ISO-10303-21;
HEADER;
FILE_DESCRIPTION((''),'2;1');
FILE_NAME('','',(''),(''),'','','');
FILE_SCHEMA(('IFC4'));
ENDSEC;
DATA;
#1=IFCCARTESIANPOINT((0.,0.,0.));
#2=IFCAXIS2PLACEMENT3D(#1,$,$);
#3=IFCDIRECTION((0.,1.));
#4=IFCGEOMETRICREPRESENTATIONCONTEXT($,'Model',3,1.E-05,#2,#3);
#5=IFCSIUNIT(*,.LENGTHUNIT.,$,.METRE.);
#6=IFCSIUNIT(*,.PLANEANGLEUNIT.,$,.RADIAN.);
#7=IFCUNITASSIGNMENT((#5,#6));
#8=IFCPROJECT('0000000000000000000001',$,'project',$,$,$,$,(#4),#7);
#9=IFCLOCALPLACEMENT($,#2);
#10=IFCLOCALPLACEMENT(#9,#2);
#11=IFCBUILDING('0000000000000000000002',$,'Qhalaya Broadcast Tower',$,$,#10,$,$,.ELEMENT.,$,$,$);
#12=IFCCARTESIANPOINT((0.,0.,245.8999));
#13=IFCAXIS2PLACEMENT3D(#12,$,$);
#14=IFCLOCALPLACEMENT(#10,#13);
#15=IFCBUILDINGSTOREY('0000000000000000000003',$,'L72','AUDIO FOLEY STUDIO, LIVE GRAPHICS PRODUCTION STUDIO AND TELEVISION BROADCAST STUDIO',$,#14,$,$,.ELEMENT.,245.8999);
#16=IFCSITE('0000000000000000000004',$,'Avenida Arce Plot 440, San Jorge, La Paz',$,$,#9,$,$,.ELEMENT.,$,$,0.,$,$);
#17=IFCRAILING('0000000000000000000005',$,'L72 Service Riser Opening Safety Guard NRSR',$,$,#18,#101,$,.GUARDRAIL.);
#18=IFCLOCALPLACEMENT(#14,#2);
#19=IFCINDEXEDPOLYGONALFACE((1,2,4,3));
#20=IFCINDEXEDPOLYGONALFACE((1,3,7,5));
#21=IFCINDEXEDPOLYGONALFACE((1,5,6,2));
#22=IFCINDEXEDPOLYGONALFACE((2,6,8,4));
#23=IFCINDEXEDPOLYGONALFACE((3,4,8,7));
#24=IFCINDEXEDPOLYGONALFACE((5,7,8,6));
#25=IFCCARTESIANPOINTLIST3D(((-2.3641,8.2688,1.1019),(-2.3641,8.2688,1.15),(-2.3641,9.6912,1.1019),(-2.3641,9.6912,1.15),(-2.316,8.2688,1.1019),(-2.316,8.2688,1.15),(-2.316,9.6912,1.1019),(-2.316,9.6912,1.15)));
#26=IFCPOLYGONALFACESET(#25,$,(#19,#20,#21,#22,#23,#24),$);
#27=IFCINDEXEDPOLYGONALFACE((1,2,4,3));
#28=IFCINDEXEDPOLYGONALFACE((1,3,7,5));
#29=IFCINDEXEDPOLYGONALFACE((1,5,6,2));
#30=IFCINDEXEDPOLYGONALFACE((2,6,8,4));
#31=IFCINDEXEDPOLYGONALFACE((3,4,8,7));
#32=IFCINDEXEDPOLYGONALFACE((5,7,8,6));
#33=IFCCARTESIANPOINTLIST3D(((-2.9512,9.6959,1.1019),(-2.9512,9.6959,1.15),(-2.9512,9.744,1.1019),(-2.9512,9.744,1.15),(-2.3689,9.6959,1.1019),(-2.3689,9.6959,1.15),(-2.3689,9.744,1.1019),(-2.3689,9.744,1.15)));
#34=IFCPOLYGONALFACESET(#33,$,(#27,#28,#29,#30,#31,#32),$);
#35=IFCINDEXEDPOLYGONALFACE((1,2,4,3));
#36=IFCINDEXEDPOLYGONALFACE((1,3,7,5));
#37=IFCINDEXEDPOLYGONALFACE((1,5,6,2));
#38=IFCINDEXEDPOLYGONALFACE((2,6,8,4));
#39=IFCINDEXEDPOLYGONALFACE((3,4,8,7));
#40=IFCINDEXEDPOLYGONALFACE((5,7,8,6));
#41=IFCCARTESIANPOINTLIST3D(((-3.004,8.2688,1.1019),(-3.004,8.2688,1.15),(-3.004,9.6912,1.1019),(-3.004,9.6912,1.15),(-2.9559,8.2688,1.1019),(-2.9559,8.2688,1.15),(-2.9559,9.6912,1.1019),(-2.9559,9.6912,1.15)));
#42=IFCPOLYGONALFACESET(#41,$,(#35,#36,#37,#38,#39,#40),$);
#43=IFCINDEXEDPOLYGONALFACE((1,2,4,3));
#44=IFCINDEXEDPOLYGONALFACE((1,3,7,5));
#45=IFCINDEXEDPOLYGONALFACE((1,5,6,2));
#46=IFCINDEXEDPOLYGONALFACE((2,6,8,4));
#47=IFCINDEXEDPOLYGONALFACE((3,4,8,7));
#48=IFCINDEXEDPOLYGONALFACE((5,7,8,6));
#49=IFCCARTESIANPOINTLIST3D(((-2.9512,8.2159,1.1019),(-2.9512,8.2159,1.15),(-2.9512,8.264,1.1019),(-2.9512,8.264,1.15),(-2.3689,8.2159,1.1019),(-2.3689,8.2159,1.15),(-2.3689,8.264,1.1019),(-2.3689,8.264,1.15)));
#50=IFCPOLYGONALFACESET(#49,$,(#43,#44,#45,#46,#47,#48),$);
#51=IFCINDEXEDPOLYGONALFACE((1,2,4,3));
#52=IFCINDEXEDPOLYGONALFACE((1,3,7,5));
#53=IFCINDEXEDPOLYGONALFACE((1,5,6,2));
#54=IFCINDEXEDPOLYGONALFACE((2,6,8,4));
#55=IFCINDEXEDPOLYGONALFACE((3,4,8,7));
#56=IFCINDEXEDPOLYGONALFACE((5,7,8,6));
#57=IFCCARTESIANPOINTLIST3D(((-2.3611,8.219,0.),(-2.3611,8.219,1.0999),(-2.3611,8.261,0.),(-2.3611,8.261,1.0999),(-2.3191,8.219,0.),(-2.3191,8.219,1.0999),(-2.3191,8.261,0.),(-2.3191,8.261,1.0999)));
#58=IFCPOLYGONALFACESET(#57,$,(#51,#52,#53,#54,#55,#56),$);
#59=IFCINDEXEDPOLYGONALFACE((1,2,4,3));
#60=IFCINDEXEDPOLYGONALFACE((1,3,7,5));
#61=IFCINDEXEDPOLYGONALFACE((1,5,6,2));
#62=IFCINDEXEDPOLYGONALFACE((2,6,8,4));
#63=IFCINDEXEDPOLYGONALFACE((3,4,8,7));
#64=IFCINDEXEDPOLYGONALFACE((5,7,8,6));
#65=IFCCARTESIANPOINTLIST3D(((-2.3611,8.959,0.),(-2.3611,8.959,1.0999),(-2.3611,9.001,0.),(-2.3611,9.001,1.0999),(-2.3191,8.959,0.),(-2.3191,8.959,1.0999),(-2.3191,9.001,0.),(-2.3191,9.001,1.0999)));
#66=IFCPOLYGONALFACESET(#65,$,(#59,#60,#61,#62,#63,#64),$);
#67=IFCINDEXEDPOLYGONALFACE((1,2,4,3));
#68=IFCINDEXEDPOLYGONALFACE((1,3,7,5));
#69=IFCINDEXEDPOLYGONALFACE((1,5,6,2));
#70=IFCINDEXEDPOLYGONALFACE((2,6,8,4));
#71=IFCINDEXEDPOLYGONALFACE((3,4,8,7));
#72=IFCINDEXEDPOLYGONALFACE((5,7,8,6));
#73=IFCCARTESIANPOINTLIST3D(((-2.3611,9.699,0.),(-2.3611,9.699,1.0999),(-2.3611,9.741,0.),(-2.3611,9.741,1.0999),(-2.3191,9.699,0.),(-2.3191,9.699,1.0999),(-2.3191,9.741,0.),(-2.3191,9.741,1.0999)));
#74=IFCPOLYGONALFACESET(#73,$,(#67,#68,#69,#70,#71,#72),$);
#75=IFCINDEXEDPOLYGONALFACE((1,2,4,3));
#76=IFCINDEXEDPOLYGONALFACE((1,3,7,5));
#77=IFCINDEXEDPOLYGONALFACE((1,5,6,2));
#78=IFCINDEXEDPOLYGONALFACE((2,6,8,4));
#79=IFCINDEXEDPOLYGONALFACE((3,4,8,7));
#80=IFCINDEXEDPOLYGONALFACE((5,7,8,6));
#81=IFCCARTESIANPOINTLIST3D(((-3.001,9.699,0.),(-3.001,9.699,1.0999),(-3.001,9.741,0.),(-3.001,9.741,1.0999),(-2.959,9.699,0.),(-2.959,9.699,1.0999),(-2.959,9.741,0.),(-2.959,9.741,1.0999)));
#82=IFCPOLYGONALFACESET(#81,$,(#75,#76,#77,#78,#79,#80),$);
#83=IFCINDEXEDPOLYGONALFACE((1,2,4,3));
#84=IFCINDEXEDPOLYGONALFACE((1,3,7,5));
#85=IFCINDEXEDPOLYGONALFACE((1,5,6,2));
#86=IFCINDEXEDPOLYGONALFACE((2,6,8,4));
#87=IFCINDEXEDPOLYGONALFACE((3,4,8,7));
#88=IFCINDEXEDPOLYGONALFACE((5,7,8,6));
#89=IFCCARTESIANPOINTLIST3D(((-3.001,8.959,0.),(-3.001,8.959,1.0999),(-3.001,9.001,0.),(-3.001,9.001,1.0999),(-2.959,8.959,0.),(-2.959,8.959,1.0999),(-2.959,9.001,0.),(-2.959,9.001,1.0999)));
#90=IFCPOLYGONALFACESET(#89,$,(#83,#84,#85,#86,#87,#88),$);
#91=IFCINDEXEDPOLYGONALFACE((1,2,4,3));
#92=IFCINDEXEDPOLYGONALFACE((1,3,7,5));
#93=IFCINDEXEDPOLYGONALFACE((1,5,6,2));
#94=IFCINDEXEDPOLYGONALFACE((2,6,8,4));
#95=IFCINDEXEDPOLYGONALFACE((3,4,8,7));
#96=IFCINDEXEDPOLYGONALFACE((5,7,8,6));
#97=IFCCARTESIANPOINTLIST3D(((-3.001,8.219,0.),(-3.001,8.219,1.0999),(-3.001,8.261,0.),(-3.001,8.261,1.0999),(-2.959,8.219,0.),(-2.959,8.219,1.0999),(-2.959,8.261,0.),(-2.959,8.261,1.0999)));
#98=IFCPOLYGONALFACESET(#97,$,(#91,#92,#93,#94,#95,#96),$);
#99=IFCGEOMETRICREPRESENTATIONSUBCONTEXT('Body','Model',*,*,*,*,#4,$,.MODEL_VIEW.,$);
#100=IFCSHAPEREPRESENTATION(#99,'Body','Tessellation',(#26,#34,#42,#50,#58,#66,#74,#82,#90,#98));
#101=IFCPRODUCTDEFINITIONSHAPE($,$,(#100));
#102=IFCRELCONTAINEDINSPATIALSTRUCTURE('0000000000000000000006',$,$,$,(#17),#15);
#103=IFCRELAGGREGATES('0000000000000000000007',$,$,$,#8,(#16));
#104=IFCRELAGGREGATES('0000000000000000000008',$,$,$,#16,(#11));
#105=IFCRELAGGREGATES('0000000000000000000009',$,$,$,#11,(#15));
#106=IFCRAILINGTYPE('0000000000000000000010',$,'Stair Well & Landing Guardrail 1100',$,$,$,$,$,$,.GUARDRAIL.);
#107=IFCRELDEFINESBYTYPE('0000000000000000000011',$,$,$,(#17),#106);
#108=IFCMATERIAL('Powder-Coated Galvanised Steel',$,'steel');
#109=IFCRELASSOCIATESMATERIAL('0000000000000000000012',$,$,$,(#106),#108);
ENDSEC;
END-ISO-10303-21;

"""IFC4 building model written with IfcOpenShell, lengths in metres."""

from ifc_helpers import new_model, si_unit, direction, frame, origin, origin_2d, place, context, subcontext, project, spatial, rectangle, extrude, material, type_object, element, save


model = new_model("IFC4")

# Units and contexts
model_context = context("Model", 3, precision=1e-05, world=origin(), true_north=direction((0.0, 1.0)))
body_context = subcontext(model_context, "Body", "Model", "MODEL_VIEW")
ifc_project = project(units=[si_unit("LENGTHUNIT", "METRE"), si_unit("PLANEANGLEUNIT", "RADIAN")], contexts=[model_context])

# Site, building, storey
site_placement = place(None, origin())
site = spatial("IfcSite", under=ifc_project, at=site_placement, Name="Avenida Arce Plot 440, San Jorge, La Paz", CompositionType="ELEMENT", RefElevation=0.0)
building_placement = place(site_placement, origin())
building = spatial("IfcBuilding", under=site, at=building_placement, Name="Qhalaya Broadcast Tower", CompositionType="ELEMENT")
storey_placement = place(building_placement, frame((0.0, 0.0, 245.8999)))
storey = spatial("IfcBuildingStorey", under=building, at=storey_placement, Name="L72", Description="AUDIO FOLEY STUDIO, LIVE GRAPHICS PRODUCTION STUDIO AND TELEVISION BROADCAST STUDIO", CompositionType="ELEMENT", Elevation=245.8999)

# Railing
ifc_material_1 = material(Name="Powder-Coated Galvanised Steel", Category="steel")
railing_type = type_object("IfcRailingType", Name="Stair Well & Landing Guardrail 1100", PredefinedType="GUARDRAIL", material=ifc_material_1)
railing_placement = place(storey_placement, frame((-2.3401, 8.24, 0.0)))
element("IfcRailing", 1, at=railing_placement, inside=storey, type_object=railing_type, Name="L72 Service Riser Opening Safety Guard NRSR", PredefinedType="GUARDRAIL", context=body_context, shape_type="SweptSolid", body=[
    extrude(rectangle(XDim=0.0481, YDim=0.0481, at=origin_2d()), frame((0.0, 0.0288, 1.126), z_axis=(0.0, 1.0, 0.0), x_axis=(-1.0, 0.0, 0.0)), (0.0, 0.0, 1.0), 1.4224),
    extrude(rectangle(XDim=0.0481, YDim=0.0481, at=origin_2d()), frame((-0.0288, 1.48, 1.126), z_axis=(-1.0, 0.0, 0.0), x_axis=(0.0, -1.0, 0.0)), (0.0, 0.0, 1.0), 0.5823),
    extrude(rectangle(XDim=0.0481, YDim=0.0481, at=origin_2d()), frame((-0.6399, 1.4512, 1.126), z_axis=(0.0, -1.0, 0.0), x_axis=(1.0, 0.0, 0.0)), (0.0, 0.0, 1.0), 1.4224),
    extrude(rectangle(XDim=0.0481, YDim=0.0481, at=origin_2d()), frame((-0.6111, 0.0, 1.126), z_axis=(1.0, 0.0, 0.0), x_axis=(0.0, 1.0, 0.0)), (0.0, 0.0, 1.0), 0.5823),
    extrude(rectangle(XDim=0.042, YDim=0.042, at=origin_2d()), origin(), (0.0, 0.0, 1.0), 1.0999),
    extrude(rectangle(XDim=0.042, YDim=0.042, at=origin_2d()), frame((0.0, 0.74, 0.0)), (0.0, 0.0, 1.0), 1.0999),
    extrude(rectangle(XDim=0.042, YDim=0.042, at=origin_2d()), frame((0.0, 1.48, 0.0)), (0.0, 0.0, 1.0), 1.0999),
    extrude(rectangle(XDim=0.042, YDim=0.042, at=origin_2d()), frame((-0.6399, 1.48, 0.0)), (0.0, 0.0, 1.0), 1.0999),
    extrude(rectangle(XDim=0.042, YDim=0.042, at=origin_2d()), frame((-0.6399, 0.74, 0.0)), (0.0, 0.0, 1.0), 1.0999),
    extrude(rectangle(XDim=0.042, YDim=0.042, at=origin_2d()), frame((-0.6399, 0.0, 0.0)), (0.0, 0.0, 1.0), 1.0999),
])

save(model, "model.ifc")
